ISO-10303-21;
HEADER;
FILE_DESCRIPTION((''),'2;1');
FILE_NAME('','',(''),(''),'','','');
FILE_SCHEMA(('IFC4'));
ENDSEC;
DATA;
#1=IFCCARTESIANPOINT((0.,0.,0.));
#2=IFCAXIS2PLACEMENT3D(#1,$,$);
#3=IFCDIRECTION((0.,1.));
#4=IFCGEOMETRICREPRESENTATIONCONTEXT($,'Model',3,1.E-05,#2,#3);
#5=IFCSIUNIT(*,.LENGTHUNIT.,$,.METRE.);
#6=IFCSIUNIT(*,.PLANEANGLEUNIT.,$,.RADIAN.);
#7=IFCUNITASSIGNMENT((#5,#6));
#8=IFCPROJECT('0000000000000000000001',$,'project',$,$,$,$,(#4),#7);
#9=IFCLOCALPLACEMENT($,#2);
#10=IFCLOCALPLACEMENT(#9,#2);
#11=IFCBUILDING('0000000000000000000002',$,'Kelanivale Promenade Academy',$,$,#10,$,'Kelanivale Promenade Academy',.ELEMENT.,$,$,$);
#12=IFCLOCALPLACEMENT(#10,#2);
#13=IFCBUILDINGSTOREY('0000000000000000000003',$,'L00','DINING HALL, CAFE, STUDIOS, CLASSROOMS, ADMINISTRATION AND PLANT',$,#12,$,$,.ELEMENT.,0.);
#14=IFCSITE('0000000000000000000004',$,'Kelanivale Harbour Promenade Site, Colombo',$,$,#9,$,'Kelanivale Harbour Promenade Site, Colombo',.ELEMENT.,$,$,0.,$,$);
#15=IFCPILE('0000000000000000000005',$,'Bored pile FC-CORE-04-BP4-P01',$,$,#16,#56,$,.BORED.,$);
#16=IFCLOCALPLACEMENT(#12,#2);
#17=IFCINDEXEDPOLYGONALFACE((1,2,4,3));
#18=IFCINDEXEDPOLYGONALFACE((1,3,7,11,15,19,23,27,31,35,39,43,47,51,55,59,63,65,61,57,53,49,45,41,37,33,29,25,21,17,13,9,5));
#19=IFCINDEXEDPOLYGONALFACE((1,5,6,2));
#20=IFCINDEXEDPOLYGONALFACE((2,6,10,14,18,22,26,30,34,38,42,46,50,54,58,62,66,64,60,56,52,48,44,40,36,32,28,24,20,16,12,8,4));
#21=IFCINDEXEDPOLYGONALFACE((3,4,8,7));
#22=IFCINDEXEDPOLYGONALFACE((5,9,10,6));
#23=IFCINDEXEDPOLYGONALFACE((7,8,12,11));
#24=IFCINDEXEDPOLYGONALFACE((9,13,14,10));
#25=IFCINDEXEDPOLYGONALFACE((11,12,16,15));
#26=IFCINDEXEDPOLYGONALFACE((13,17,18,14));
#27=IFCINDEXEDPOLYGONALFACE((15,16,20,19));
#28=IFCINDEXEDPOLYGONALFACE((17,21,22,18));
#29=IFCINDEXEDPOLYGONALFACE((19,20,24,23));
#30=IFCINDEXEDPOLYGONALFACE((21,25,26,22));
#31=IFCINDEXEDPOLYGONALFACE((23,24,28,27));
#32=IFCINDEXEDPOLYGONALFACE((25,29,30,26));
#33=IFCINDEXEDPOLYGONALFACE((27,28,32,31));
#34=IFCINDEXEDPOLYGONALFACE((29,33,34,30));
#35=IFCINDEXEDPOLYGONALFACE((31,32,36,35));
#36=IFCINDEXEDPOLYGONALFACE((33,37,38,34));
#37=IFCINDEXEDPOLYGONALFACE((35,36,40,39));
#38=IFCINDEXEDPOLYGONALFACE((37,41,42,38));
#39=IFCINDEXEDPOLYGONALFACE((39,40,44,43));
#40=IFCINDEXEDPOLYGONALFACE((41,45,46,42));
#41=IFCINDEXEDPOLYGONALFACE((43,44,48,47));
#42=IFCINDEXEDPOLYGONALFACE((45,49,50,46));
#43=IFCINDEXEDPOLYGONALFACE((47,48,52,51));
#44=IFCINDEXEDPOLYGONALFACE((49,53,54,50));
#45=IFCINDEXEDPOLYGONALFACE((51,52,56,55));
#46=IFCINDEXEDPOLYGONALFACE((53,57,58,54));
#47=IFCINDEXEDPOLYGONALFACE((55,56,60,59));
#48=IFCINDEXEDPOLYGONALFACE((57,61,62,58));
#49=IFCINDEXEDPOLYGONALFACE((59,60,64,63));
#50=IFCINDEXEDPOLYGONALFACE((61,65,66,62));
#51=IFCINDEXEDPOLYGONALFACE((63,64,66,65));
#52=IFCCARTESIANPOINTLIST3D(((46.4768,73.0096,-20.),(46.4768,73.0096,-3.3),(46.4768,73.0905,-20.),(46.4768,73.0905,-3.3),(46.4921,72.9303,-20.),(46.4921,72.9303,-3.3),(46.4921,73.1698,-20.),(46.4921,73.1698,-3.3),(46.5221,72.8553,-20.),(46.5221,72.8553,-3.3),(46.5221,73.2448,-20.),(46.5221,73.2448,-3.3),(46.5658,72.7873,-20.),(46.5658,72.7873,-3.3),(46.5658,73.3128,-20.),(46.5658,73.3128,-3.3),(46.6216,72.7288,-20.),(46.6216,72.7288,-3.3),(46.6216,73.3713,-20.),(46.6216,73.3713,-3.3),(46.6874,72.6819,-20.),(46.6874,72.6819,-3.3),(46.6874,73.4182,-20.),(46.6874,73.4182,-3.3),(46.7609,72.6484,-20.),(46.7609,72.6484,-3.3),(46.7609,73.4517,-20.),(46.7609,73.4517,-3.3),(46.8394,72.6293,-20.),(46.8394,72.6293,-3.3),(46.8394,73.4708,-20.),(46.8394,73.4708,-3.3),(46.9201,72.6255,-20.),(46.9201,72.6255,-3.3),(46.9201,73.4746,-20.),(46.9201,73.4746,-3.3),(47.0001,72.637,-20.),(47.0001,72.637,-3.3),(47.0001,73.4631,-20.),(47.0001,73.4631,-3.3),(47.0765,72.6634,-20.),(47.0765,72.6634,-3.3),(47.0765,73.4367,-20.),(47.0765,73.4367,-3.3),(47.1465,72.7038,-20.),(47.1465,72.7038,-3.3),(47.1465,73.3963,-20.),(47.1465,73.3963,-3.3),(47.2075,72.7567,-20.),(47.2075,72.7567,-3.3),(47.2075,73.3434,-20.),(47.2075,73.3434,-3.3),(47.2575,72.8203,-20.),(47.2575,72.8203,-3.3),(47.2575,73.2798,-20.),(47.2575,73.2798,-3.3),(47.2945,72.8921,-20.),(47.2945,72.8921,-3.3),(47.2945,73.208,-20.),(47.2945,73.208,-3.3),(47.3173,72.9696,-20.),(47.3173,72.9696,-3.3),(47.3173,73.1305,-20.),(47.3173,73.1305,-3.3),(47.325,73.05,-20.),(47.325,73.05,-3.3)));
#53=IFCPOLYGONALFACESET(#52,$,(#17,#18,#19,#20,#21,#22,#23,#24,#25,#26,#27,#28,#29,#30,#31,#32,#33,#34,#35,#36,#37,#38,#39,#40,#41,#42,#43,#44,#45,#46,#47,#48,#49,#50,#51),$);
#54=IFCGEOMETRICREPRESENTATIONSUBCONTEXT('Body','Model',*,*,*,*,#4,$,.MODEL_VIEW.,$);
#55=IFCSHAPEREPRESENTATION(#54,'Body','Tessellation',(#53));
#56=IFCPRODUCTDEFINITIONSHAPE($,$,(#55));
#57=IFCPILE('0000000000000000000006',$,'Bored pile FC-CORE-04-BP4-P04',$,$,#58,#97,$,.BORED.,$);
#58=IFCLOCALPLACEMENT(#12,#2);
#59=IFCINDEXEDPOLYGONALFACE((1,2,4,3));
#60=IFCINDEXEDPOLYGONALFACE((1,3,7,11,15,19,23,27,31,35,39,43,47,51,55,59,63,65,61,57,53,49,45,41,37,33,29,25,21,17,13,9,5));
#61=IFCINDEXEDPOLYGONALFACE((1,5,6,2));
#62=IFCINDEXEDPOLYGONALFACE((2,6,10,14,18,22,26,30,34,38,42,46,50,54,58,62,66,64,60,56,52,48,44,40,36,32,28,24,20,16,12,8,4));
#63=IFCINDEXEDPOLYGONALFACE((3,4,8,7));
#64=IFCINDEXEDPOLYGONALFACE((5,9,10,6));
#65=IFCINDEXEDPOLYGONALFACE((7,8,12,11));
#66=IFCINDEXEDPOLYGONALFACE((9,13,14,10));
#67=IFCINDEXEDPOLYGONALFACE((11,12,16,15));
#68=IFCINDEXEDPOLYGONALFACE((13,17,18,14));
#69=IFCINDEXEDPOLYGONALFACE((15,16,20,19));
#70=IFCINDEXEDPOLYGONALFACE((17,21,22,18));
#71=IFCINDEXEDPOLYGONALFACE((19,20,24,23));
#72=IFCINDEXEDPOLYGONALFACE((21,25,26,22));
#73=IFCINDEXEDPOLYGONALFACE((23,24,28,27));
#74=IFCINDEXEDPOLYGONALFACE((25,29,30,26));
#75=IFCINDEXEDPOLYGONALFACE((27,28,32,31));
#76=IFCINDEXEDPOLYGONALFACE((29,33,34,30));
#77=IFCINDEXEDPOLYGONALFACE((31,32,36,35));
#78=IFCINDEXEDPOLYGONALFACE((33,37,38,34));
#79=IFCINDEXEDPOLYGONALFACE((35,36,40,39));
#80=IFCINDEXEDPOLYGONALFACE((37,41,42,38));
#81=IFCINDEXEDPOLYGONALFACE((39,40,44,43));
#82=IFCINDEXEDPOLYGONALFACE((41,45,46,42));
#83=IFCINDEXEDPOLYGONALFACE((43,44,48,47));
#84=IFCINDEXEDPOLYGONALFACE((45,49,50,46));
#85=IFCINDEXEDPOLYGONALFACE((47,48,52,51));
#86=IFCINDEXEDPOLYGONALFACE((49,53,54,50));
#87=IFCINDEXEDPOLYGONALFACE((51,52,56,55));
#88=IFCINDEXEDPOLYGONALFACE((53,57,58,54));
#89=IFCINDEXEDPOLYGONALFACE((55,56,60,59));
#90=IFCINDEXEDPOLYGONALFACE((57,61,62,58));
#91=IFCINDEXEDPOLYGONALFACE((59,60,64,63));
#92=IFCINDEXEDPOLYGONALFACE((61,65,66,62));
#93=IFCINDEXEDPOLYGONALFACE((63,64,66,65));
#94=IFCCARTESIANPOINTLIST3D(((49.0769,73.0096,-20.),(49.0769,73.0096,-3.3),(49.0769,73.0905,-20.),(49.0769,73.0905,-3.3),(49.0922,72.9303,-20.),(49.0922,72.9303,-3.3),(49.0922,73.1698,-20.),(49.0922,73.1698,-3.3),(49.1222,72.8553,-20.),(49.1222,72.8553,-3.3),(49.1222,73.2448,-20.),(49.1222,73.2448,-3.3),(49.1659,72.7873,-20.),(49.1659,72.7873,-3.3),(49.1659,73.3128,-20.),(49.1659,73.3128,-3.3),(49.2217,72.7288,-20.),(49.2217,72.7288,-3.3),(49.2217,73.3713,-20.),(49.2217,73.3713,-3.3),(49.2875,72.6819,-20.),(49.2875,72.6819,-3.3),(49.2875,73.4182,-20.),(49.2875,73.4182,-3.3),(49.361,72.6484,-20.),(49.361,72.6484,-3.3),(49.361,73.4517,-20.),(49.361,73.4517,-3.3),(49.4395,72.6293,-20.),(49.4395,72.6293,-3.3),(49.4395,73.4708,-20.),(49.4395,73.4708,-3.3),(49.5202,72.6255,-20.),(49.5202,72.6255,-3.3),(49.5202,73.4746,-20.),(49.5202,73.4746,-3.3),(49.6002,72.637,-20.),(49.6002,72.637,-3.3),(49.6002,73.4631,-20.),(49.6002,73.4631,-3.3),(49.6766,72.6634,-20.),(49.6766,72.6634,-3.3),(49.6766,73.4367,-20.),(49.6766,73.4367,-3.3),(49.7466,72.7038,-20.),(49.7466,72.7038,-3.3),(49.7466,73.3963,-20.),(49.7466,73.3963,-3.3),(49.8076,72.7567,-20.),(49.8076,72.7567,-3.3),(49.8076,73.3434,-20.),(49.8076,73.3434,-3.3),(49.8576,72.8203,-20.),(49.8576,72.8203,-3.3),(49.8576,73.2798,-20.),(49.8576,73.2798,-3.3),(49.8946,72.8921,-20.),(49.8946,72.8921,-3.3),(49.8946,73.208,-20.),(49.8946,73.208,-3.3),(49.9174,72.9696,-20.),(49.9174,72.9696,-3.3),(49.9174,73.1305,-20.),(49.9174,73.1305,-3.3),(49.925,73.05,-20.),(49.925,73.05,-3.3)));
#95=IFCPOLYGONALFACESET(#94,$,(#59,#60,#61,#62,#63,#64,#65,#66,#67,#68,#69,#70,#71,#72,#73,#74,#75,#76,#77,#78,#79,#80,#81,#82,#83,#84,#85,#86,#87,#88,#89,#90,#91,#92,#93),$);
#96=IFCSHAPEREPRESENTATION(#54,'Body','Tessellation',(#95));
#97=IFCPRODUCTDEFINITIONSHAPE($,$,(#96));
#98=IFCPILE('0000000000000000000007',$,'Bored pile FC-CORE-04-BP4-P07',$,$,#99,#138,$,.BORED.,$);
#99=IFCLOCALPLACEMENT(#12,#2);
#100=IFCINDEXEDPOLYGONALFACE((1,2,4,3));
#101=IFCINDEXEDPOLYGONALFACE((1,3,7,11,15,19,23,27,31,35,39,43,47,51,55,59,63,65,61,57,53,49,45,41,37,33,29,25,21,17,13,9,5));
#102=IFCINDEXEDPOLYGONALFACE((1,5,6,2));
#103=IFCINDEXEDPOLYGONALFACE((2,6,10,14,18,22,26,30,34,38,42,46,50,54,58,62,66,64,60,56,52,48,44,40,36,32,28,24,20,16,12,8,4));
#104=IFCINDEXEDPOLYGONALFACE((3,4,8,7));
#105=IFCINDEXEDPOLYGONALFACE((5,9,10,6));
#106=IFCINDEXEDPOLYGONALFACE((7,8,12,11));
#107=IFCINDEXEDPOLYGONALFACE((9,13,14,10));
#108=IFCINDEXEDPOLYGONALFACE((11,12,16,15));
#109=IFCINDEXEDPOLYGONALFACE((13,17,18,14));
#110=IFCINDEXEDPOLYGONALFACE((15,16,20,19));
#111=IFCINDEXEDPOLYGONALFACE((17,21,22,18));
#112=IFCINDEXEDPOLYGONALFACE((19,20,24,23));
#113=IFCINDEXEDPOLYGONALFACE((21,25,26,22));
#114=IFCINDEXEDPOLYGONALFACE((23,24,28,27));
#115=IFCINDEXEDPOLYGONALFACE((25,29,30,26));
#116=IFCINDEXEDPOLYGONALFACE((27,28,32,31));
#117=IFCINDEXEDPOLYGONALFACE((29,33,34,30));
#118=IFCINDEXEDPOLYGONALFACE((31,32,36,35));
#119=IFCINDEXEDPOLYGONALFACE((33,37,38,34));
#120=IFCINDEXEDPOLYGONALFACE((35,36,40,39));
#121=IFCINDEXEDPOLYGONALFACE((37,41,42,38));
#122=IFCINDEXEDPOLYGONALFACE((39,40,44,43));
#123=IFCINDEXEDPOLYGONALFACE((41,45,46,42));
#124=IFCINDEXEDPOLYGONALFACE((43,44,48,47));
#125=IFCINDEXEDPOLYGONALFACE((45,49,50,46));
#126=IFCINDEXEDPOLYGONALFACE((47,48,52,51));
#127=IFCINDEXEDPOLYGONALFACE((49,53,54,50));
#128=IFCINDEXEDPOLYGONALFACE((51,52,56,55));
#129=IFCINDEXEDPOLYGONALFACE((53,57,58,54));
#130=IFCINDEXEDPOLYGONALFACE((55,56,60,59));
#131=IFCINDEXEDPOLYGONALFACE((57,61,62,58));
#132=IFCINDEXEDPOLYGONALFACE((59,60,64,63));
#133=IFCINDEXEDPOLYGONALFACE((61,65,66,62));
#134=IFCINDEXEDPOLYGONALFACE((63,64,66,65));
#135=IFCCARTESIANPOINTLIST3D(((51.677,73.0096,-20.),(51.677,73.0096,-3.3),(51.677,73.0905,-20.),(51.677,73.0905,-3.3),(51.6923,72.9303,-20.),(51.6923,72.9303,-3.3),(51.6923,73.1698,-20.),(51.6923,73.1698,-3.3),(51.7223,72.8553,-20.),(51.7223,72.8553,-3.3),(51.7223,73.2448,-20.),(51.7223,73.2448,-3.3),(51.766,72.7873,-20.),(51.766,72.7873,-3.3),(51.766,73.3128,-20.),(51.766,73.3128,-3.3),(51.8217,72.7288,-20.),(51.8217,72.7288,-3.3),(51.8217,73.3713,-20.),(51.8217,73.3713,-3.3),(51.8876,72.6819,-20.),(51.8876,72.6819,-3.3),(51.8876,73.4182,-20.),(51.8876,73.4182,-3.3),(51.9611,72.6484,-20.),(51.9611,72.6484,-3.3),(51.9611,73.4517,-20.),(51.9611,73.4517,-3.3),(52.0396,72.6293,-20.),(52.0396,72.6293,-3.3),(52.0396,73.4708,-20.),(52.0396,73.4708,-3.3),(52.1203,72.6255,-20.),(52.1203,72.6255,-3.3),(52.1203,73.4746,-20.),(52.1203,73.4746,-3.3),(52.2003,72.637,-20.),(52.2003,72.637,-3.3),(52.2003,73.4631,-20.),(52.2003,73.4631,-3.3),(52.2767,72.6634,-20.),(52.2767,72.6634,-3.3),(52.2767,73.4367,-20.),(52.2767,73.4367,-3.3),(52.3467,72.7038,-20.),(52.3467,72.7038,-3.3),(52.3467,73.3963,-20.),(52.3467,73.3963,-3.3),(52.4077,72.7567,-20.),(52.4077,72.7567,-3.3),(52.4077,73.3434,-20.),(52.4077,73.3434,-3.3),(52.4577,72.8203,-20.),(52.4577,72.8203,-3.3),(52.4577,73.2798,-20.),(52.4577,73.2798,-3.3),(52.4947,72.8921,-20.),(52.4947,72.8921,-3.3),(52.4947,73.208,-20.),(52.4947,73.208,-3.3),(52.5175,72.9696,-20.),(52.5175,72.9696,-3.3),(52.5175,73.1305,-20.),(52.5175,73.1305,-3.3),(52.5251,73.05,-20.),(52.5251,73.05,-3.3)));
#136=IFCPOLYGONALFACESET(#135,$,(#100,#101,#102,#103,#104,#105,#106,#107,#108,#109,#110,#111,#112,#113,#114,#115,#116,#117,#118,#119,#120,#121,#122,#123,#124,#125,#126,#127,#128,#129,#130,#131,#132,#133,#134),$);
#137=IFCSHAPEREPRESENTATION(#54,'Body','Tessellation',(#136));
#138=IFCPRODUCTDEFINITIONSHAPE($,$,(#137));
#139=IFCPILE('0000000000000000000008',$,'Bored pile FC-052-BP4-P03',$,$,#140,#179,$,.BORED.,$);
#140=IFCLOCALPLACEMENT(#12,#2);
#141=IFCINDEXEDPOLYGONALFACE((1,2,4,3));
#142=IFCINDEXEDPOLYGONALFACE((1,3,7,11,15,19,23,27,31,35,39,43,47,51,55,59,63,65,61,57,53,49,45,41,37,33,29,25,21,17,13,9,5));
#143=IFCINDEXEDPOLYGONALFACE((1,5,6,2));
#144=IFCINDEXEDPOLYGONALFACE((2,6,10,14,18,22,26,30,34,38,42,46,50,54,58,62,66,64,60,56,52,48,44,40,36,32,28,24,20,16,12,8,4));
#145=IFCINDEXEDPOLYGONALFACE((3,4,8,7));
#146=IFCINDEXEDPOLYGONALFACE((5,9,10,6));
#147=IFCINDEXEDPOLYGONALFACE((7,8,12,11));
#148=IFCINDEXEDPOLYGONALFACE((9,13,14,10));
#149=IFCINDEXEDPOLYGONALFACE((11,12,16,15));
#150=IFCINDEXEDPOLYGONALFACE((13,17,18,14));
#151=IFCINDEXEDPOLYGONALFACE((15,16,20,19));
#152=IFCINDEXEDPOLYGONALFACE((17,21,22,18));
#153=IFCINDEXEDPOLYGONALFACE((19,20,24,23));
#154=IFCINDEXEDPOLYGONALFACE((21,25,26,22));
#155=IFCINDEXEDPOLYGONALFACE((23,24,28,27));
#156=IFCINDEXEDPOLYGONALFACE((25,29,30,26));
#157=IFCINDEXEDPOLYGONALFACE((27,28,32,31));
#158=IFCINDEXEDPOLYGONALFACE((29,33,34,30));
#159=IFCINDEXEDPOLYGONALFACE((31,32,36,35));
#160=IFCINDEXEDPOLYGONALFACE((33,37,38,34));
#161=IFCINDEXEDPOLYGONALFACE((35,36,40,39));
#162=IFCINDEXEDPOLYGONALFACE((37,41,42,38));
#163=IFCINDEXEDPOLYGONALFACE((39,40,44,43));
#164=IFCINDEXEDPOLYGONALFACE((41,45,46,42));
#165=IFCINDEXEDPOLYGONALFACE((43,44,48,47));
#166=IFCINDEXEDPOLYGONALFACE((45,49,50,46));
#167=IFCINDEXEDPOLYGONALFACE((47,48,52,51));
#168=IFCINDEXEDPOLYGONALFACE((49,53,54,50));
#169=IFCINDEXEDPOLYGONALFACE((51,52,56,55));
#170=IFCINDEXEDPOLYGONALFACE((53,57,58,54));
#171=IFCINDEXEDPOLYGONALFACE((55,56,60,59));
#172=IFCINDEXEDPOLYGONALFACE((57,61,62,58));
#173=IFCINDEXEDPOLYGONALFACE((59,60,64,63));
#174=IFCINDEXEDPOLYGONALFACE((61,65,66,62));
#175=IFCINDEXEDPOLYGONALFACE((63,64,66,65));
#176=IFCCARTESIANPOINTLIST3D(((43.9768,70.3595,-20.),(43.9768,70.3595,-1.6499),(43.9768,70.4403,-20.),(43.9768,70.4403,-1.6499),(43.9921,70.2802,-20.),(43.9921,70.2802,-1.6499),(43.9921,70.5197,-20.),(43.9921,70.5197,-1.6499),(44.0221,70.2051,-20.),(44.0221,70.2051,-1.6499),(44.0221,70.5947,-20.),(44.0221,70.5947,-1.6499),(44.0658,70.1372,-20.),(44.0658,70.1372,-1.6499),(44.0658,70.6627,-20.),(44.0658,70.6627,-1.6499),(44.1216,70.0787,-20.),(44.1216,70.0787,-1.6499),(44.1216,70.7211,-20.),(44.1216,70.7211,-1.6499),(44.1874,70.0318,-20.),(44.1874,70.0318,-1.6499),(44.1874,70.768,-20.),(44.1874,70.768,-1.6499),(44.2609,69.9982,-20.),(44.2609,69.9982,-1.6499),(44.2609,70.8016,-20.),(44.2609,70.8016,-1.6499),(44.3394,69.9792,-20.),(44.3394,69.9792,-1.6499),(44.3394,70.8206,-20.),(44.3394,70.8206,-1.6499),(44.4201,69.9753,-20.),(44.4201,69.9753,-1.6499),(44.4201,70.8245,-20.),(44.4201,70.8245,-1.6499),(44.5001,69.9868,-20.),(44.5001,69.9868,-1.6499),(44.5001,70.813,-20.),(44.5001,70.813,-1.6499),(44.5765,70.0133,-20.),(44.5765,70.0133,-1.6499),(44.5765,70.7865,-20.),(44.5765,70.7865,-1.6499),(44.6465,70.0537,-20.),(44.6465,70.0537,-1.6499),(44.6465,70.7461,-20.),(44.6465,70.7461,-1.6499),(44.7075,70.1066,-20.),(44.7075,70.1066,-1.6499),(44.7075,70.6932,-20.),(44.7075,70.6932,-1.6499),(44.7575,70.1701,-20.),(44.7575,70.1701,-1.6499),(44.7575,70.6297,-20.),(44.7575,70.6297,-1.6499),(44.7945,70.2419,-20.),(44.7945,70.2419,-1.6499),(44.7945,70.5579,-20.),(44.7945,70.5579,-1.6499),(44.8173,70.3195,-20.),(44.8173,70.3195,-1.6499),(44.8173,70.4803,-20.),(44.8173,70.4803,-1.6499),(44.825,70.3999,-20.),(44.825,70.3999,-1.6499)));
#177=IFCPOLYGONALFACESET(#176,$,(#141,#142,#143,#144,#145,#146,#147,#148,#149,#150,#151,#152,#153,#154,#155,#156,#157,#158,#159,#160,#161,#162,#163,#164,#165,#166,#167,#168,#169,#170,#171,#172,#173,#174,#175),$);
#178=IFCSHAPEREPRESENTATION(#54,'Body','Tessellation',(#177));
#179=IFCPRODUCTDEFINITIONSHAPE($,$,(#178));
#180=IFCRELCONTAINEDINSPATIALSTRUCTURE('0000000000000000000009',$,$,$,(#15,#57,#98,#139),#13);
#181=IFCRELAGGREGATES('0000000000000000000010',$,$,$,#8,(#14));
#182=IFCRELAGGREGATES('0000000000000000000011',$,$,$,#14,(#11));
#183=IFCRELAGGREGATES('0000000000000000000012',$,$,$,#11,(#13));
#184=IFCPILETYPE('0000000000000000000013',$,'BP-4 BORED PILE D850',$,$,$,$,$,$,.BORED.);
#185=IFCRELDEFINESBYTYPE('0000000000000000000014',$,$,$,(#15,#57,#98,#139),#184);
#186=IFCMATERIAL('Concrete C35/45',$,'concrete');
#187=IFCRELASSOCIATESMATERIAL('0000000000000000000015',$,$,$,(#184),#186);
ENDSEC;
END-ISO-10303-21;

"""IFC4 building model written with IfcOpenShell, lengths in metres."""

from ifc_helpers import new_model, si_unit, direction, frame, origin, origin_2d, place, context, subcontext, project, spatial, circle, extrude, material, material_profile, profile_set, type_object, element, save


model = new_model("IFC4")

# Units and contexts
model_context = context("Model", 3, precision=1e-05, world=origin(), true_north=direction((0.0, 1.0)))
body_context = subcontext(model_context, "Body", "Model", "MODEL_VIEW")
ifc_project = project(units=[si_unit("LENGTHUNIT", "METRE"), si_unit("PLANEANGLEUNIT", "RADIAN")], contexts=[model_context])

# Site, building, storey
site_placement = place(None, origin())
site = spatial("IfcSite", under=ifc_project, at=site_placement, Name="Kelanivale Harbour Promenade Site, Colombo", LongName="Kelanivale Harbour Promenade Site, Colombo", CompositionType="ELEMENT", RefElevation=0.0)
building_placement = place(site_placement, origin())
building = spatial("IfcBuilding", under=site, at=building_placement, Name="Kelanivale Promenade Academy", LongName="Kelanivale Promenade Academy", CompositionType="ELEMENT")
storey_placement = place(building_placement, origin())
storey = spatial("IfcBuildingStorey", under=building, at=storey_placement, Name="L00", Description="DINING HALL, CAFE, STUDIOS, CLASSROOMS, ADMINISTRATION AND PLANT", CompositionType="ELEMENT", Elevation=0.0)

# Piles
ifc_material_1 = material(Name="Concrete C35/45", Category="concrete")
ifc_material_profile_1 = material_profile(ifc_material_1, circle(Radius=0.425, at=origin_2d()), Name="BORED PILE D850")
ifc_profile_set_1 = profile_set([ifc_material_profile_1], Name="Concrete C35/45")
pile_type = type_object("IfcPileType", Name="BP-4 BORED PILE D850", PredefinedType="BORED", material=ifc_profile_set_1)
for number, where, z_axis, x_axis, name in (
    (1, (46.8999, 73.05, -3.3), (0.0, 0.0, -1.0), (1.0, 0.0, 0.0), "Bored pile FC-CORE-04-BP4-P01"),
    (2, (49.5, 73.05, -3.3), (0.0, 0.0, -1.0), (1.0, 0.0, 0.0), "Bored pile FC-CORE-04-BP4-P04"),
    (3, (52.1001, 73.05, -3.3), (0.0, 0.0, -1.0), (1.0, 0.0, 0.0), "Bored pile FC-CORE-04-BP4-P07"),
):
    element("IfcPile", number, at=place(storey_placement, frame(where, z_axis=z_axis, x_axis=x_axis)), inside=storey, type_object=pile_type, Name=name, PredefinedType="BORED", context=body_context, shape_type="SweptSolid", body=[
        extrude(circle(Radius=0.425, at=origin_2d()), origin(), (0.0, 0.0, 1.0), 16.7),
    ])
for number, where, z_axis, x_axis, name in (
    (4, (44.3999, 70.3999, -1.6499), (0.0, 0.0, -1.0), (1.0, 0.0, 0.0), "Bored pile FC-052-BP4-P03"),
):
    element("IfcPile", number, at=place(storey_placement, frame(where, z_axis=z_axis, x_axis=x_axis)), inside=storey, type_object=pile_type, Name=name, PredefinedType="BORED", context=body_context, shape_type="SweptSolid", body=[
        extrude(circle(Radius=0.425, at=origin_2d()), origin(), (0.0, 0.0, 1.0), 18.3501),
    ])

save(model, "model.ifc")
